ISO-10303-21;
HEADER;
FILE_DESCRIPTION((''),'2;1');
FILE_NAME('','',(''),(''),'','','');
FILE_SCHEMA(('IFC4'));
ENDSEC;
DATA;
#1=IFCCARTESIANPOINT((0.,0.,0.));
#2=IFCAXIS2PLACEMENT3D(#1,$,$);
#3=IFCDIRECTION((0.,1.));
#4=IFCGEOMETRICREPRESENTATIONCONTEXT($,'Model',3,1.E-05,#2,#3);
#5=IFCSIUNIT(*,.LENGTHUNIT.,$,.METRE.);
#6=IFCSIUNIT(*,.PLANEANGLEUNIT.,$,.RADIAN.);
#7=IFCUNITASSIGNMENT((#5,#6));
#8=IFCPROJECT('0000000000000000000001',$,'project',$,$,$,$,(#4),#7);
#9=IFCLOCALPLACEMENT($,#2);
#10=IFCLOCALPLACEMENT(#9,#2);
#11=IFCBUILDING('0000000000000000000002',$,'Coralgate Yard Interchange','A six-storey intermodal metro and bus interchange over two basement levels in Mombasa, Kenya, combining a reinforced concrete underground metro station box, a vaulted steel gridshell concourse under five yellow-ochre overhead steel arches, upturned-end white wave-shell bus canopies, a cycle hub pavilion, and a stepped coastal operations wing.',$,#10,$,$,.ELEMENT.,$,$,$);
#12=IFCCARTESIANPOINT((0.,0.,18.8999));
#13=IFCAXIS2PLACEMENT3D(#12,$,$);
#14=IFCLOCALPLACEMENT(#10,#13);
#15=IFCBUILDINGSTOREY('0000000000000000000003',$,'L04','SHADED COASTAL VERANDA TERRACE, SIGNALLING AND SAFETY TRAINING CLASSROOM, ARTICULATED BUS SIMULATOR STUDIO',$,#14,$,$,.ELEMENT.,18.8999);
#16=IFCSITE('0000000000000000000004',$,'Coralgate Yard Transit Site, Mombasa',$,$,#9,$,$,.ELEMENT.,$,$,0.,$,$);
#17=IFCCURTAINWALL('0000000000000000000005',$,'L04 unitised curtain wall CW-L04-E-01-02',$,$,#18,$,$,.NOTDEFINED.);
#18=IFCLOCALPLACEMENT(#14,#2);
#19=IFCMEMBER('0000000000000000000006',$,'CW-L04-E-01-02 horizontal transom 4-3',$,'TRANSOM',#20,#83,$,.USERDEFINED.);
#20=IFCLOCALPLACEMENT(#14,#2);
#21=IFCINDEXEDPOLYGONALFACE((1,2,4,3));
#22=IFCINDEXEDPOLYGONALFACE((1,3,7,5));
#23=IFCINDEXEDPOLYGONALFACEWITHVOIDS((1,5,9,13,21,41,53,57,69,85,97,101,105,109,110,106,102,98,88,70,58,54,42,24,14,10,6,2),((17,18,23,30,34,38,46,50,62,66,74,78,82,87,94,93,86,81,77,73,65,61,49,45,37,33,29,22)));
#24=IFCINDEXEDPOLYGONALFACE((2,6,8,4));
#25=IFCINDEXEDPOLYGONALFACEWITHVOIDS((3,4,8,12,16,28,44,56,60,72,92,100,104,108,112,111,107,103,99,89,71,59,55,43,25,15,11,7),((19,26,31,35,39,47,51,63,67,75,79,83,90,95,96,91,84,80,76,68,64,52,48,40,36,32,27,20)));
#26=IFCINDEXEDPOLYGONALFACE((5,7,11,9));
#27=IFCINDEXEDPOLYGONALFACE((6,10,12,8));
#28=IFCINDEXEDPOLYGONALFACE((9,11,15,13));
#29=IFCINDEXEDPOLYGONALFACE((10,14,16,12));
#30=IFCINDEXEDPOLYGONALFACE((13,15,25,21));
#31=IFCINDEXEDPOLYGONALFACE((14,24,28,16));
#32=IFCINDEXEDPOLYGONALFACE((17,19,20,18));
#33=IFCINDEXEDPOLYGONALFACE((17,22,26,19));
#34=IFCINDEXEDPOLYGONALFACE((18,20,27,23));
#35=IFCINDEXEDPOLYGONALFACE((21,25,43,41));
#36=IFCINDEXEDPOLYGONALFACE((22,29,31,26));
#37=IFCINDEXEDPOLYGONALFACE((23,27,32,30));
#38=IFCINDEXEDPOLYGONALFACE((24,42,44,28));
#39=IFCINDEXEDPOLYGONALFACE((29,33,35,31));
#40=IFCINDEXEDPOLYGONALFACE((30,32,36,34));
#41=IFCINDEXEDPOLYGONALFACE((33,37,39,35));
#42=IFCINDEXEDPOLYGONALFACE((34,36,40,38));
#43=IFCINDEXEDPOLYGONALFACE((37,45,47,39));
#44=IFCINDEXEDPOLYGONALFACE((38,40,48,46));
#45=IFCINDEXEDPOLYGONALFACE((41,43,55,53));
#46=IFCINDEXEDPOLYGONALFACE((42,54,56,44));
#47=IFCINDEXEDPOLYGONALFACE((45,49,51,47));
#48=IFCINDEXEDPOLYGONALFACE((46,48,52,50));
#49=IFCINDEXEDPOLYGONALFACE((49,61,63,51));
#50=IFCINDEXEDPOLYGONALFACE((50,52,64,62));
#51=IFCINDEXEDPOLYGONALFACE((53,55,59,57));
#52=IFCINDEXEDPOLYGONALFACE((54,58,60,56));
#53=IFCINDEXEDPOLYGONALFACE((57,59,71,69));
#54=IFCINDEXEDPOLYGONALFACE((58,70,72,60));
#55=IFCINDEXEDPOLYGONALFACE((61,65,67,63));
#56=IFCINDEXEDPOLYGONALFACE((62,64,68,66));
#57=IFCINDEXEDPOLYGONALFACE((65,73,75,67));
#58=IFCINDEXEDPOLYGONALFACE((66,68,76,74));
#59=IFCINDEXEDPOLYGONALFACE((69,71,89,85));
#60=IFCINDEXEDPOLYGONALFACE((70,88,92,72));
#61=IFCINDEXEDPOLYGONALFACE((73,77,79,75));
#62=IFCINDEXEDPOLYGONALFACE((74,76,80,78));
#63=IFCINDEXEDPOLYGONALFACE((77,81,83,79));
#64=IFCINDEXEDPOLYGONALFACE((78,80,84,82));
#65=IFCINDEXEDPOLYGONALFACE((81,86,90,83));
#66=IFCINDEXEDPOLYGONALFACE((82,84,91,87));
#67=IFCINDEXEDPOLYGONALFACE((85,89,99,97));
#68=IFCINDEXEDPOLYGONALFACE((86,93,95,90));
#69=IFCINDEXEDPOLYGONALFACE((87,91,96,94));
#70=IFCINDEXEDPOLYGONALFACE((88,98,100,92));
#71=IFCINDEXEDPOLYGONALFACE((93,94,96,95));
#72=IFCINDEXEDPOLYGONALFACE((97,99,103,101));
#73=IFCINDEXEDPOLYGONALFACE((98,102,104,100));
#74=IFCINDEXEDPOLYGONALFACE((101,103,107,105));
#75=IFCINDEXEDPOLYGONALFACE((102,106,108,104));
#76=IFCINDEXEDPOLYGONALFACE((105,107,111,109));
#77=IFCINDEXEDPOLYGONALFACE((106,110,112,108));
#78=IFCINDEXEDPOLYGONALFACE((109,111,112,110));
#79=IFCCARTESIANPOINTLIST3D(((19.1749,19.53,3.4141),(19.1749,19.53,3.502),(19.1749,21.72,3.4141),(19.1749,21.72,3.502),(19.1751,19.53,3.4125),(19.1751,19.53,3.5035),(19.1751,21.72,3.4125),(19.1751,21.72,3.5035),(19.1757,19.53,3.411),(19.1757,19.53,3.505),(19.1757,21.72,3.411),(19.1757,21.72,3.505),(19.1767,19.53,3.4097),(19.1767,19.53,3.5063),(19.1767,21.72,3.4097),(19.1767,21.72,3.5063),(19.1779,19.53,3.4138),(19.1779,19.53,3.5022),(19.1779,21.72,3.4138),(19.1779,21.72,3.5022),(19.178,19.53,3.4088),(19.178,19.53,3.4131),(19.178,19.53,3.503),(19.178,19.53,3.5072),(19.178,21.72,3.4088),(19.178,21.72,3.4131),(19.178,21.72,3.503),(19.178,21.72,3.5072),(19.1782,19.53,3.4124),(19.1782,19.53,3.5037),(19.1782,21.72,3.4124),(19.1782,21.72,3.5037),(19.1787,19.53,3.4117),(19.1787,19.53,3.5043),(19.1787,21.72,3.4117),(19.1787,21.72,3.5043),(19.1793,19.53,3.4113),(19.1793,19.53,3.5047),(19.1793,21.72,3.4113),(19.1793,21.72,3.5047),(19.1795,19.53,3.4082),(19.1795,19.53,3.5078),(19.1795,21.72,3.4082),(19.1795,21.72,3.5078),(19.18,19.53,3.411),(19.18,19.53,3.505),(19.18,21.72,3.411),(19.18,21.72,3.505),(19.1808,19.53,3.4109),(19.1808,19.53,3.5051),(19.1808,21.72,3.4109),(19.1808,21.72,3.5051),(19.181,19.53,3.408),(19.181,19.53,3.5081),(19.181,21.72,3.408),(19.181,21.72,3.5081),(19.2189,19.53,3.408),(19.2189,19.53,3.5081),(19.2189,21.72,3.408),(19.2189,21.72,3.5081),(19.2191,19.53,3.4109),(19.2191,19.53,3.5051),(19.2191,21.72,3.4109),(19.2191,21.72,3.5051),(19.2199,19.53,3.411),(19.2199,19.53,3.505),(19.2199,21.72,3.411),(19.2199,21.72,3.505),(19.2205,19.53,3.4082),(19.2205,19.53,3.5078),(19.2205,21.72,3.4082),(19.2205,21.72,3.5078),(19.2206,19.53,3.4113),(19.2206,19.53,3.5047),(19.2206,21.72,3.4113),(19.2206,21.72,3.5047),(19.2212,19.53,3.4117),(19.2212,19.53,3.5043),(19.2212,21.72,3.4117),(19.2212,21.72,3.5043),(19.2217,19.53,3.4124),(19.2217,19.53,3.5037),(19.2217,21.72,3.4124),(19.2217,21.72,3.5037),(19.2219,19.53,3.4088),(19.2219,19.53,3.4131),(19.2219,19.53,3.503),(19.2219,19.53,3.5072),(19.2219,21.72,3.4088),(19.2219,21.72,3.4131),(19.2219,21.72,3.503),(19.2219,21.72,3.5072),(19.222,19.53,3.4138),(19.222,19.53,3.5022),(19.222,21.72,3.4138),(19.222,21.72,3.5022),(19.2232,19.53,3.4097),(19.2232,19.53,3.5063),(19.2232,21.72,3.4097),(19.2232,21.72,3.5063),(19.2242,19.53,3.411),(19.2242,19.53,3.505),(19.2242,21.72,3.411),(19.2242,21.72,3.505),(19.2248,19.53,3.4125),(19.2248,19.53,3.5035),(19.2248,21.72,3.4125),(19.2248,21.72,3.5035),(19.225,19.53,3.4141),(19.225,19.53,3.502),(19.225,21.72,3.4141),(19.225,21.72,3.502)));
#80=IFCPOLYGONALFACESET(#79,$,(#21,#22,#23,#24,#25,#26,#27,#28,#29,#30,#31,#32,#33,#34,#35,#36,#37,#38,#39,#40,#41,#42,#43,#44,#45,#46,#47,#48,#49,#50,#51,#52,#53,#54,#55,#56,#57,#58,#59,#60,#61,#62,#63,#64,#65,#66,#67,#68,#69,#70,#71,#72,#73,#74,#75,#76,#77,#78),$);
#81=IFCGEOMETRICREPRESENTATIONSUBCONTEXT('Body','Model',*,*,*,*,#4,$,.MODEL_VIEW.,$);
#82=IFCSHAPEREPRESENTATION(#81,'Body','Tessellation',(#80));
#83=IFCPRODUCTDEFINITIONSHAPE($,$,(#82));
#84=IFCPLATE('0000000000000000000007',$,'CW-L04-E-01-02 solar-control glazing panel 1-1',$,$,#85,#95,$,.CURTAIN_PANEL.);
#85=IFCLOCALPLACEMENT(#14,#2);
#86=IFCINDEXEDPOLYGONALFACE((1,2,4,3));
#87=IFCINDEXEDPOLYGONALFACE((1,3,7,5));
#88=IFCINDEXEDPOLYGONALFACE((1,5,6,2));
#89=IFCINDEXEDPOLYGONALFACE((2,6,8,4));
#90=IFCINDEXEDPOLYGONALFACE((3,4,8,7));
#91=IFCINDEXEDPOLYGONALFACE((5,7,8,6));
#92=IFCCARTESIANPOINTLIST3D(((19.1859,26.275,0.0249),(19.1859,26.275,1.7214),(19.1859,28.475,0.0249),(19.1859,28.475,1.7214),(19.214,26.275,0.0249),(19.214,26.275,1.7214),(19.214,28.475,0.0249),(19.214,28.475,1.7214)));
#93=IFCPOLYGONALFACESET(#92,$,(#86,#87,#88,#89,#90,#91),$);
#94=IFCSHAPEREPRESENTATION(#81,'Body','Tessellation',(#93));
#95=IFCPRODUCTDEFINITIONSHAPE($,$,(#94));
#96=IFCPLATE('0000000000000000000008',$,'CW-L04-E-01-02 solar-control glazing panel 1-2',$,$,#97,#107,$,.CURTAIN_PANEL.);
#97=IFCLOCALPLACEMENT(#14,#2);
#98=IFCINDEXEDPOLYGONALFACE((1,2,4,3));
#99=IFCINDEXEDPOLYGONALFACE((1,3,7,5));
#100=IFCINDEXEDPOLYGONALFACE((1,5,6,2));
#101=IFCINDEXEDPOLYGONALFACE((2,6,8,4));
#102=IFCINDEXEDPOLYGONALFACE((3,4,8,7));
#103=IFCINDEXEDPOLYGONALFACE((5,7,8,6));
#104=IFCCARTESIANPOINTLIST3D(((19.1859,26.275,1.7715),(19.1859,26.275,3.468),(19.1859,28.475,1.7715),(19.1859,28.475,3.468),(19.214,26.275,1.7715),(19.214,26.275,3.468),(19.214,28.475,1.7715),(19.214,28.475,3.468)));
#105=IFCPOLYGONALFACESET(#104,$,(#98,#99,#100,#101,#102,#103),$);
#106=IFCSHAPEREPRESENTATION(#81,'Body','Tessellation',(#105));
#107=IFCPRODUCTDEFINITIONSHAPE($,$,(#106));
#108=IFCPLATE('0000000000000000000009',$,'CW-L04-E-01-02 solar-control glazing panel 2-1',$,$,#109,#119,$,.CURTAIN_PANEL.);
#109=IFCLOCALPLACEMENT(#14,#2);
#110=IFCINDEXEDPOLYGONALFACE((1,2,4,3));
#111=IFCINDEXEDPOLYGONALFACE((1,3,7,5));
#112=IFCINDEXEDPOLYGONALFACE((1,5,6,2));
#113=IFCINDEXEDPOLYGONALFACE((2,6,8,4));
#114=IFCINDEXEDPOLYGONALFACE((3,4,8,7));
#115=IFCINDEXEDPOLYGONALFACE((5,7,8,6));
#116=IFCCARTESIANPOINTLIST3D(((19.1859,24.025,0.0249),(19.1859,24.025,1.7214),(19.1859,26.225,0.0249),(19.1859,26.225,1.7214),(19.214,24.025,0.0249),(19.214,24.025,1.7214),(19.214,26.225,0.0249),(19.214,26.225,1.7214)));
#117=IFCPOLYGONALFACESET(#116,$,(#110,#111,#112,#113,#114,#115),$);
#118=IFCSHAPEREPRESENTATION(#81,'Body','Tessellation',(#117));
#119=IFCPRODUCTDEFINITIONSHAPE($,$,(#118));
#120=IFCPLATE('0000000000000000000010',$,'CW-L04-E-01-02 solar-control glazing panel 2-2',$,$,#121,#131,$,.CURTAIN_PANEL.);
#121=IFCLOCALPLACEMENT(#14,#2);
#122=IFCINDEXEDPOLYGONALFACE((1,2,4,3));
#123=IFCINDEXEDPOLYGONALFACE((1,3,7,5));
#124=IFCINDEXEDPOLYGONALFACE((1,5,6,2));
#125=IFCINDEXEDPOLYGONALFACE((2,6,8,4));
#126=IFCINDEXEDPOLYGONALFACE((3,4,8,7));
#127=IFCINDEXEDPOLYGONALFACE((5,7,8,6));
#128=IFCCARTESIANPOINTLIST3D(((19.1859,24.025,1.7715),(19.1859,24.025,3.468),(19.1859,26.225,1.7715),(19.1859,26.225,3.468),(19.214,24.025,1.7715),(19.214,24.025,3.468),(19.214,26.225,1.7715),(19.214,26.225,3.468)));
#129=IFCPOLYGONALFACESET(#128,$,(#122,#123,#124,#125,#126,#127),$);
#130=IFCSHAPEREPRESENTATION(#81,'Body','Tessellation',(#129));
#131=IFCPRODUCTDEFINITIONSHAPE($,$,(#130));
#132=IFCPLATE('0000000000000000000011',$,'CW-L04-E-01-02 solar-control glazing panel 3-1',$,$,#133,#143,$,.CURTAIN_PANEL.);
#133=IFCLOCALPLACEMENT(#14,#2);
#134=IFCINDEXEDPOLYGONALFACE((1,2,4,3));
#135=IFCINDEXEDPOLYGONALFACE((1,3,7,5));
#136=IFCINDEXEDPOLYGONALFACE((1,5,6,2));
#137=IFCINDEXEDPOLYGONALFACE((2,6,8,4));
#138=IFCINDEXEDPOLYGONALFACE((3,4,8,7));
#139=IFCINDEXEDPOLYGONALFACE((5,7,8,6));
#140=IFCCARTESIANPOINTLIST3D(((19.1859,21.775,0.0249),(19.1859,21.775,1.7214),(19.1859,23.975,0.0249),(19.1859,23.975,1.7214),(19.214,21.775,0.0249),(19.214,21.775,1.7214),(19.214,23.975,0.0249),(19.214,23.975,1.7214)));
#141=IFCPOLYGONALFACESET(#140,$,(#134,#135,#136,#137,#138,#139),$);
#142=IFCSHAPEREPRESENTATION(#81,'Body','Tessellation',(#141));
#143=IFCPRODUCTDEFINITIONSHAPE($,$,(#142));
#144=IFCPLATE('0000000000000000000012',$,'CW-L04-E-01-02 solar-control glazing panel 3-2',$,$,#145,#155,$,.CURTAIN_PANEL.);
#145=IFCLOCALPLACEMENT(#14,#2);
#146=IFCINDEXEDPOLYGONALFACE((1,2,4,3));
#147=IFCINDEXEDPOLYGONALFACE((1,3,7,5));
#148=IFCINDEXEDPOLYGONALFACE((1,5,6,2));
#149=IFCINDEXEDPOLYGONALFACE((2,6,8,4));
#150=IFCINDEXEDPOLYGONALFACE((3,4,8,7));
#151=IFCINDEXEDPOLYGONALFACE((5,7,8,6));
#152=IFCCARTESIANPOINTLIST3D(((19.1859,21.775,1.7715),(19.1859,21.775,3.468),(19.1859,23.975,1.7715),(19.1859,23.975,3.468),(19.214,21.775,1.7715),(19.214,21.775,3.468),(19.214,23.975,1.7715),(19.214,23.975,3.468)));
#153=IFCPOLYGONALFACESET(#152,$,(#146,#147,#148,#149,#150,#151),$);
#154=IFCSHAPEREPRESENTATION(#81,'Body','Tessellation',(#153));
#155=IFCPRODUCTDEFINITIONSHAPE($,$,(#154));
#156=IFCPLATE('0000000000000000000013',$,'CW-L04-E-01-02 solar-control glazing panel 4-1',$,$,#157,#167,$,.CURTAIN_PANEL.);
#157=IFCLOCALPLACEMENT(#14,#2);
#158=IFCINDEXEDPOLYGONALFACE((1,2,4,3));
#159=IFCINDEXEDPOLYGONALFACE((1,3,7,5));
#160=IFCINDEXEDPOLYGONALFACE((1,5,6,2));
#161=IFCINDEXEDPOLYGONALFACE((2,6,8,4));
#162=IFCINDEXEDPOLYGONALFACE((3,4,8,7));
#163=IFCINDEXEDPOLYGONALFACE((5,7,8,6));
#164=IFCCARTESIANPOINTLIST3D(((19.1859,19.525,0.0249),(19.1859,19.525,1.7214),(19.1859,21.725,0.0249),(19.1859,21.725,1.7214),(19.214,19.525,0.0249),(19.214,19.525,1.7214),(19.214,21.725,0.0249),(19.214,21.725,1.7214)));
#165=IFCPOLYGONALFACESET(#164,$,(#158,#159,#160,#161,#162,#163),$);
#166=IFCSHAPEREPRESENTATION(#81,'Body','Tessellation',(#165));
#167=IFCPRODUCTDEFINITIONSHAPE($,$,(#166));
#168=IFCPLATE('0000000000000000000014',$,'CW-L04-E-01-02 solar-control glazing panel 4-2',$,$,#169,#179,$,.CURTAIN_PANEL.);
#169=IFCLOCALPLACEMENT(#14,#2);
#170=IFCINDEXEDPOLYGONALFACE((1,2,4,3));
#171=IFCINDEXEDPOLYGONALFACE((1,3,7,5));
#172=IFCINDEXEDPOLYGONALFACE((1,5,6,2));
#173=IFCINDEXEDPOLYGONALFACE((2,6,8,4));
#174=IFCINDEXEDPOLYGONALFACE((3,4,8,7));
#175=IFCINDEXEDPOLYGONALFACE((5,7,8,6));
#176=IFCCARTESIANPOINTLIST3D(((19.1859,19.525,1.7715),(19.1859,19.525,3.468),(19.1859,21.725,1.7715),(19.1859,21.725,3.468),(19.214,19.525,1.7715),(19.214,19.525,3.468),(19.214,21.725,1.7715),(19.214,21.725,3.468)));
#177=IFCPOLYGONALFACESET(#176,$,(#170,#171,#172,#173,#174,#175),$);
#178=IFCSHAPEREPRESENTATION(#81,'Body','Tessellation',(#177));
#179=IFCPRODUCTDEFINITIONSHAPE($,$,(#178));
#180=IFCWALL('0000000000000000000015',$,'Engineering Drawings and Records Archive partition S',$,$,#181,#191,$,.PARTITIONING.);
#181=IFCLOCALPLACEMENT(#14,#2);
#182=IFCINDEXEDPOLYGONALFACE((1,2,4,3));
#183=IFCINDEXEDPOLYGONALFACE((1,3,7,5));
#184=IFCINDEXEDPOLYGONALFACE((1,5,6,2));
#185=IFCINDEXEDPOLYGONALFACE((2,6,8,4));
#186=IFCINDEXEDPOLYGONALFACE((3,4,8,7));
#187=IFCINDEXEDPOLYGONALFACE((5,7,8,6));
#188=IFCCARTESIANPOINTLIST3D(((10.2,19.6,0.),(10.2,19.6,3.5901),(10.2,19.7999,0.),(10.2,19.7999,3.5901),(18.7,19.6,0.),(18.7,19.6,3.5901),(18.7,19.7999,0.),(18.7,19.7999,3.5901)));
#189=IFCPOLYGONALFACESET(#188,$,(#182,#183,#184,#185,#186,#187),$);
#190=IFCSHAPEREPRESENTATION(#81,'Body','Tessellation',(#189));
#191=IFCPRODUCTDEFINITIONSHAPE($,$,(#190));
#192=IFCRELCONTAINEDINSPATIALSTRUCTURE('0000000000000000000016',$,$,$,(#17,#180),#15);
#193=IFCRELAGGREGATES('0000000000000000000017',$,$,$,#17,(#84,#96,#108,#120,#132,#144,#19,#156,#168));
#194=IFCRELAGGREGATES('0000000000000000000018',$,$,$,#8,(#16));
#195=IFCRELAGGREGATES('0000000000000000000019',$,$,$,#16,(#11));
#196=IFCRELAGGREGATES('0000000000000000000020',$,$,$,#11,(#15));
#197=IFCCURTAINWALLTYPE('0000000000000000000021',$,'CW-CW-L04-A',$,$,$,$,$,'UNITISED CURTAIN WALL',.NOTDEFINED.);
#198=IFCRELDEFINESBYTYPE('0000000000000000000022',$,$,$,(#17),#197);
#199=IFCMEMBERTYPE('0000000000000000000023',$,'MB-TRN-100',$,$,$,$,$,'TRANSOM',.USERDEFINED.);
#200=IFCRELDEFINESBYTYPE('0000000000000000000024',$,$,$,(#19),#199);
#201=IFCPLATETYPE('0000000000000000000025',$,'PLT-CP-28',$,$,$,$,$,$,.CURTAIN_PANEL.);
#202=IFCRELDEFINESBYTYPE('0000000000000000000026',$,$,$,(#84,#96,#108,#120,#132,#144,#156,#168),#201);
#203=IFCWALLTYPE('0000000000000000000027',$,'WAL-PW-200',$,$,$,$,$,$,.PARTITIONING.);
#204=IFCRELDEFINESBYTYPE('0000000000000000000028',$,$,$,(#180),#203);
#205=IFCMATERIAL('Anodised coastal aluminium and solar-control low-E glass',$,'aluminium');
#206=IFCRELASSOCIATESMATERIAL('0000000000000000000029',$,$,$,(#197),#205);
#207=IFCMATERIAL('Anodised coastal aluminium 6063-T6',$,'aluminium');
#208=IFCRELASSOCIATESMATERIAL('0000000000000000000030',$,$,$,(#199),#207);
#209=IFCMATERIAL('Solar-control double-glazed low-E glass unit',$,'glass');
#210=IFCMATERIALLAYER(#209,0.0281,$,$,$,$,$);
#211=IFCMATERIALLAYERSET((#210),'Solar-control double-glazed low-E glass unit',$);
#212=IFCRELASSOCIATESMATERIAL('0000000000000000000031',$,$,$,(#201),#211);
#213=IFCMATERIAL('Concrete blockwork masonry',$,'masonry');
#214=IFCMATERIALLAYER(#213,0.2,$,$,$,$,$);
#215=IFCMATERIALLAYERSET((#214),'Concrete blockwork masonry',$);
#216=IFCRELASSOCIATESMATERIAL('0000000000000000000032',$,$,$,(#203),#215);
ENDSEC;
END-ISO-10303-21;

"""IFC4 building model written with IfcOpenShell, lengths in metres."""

from ifc_helpers import new_model, si_unit, direction, frame, frame_2d, origin, origin_2d, place, context, subcontext, project, spatial, rectangle, hollow_rectangle, extrude, material, layer, layer_set, material_profile, profile_set, type_object, element, aggregate, save


model = new_model("IFC4")

# Units and contexts
model_context = context("Model", 3, precision=1e-05, world=origin(), true_north=direction((0.0, 1.0)))
body_context = subcontext(model_context, "Body", "Model", "MODEL_VIEW")
ifc_project = project(units=[si_unit("LENGTHUNIT", "METRE"), si_unit("PLANEANGLEUNIT", "RADIAN")], contexts=[model_context])

# Site, building, storey
site_placement = place(None, origin())
site = spatial("IfcSite", under=ifc_project, at=site_placement, Name="Coralgate Yard Transit Site, Mombasa", CompositionType="ELEMENT", RefElevation=0.0)
building_placement = place(site_placement, origin())
building = spatial("IfcBuilding", under=site, at=building_placement, Name="Coralgate Yard Interchange", Description="A six-storey intermodal metro and bus interchange over two basement levels in Mombasa, Kenya, combining a reinforced concrete underground metro station box, a vaulted steel gridshell concourse under five yellow-ochre overhead steel arches, upturned-end white wave-shell bus canopies, a cycle hub pavilion, and a stepped coastal operations wing.", CompositionType="ELEMENT")
storey_placement = place(building_placement, frame((0.0, 0.0, 18.8999)))
storey = spatial("IfcBuildingStorey", under=building, at=storey_placement, Name="L04", Description="SHADED COASTAL VERANDA TERRACE, SIGNALLING AND SAFETY TRAINING CLASSROOM, ARTICULATED BUS SIMULATOR STUDIO", CompositionType="ELEMENT", Elevation=18.8999)

# Curtain wall, member, plates
ifc_material_1 = material(Name="Anodised coastal aluminium and solar-control low-E glass", Category="aluminium")
curtain_wall_type = type_object("IfcCurtainWallType", Name="CW-CW-L04-A", ElementType="UNITISED CURTAIN WALL", PredefinedType="NOTDEFINED", material=ifc_material_1)
curtain_wall_placement = place(storey_placement, origin())
curtain_wall = element("IfcCurtainWall", 1, at=curtain_wall_placement, inside=storey, type_object=curtain_wall_type, Name="L04 unitised curtain wall CW-L04-E-01-02", PredefinedType="NOTDEFINED")
ifc_material_2 = material(Name="Anodised coastal aluminium 6063-T6", Category="aluminium")
ifc_material_profile_1 = material_profile(ifc_material_2, hollow_rectangle(XDim=0.05, YDim=0.1001, WallThickness=0.0029, InnerFilletRadius=0.0029, OuterFilletRadius=0.0061, at=origin_2d()), Name="ALU 50x100x3")
ifc_profile_set_1 = profile_set([ifc_material_profile_1], Name="Anodised coastal aluminium 6063-T6")
member_type_1 = type_object("IfcMemberType", Name="MB-TRN-100", ElementType="TRANSOM", PredefinedType="USERDEFINED", material=ifc_profile_set_1)
member_1_placement = place(storey_placement, frame((19.2, 21.72, 3.458), z_axis=(0.0, -1.0, 0.0), x_axis=(1.0, 0.0, 0.0)))
member_1 = element("IfcMember", 2, at=member_1_placement, type_object=member_type_1, Name="CW-L04-E-01-02 horizontal transom 4-3", ObjectType="TRANSOM", PredefinedType="USERDEFINED", context=body_context, shape_type="SweptSolid", body=[
    extrude(hollow_rectangle(XDim=0.05, YDim=0.1001, WallThickness=0.0029, InnerFilletRadius=0.0029, OuterFilletRadius=0.0061, at=origin_2d()), origin(), (0.0, 0.0, 1.0), 2.1899),
])
ifc_material_3 = material(Name="Solar-control double-glazed low-E glass unit", Category="glass")
ifc_layer_1 = layer(ifc_material_3, 0.0281)
ifc_layer_set_1 = layer_set([ifc_layer_1], Name="Solar-control double-glazed low-E glass unit")
plate_type = type_object("IfcPlateType", Name="PLT-CP-28", PredefinedType="CURTAIN_PANEL", material=ifc_layer_set_1)
plate_1_placement = place(storey_placement, frame((19.2, 27.375, 0.0249), z_axis=(0.0, 0.0, 1.0), x_axis=(0.0, -1.0, 0.0)))
plate_1 = element("IfcPlate", 3, at=plate_1_placement, type_object=plate_type, Name="CW-L04-E-01-02 solar-control glazing panel 1-1", PredefinedType="CURTAIN_PANEL", context=body_context, shape_type="SweptSolid", body=[
    extrude(rectangle(XDim=2.2, YDim=0.0281, at=origin_2d()), origin(), (0.0, 0.0, 1.0), 1.6965),
])
plate_2_placement = place(storey_placement, frame((19.2, 27.375, 1.7715), z_axis=(0.0, 0.0, 1.0), x_axis=(0.0, -1.0, 0.0)))
plate_2 = element("IfcPlate", 4, at=plate_2_placement, type_object=plate_type, Name="CW-L04-E-01-02 solar-control glazing panel 1-2", PredefinedType="CURTAIN_PANEL", context=body_context, shape_type="SweptSolid", body=[
    extrude(rectangle(XDim=2.2, YDim=0.0281, at=origin_2d()), origin(), (0.0, 0.0, 1.0), 1.6965),
])
plate_3_placement = place(storey_placement, frame((19.2, 25.125, 0.0249), z_axis=(0.0, 0.0, 1.0), x_axis=(0.0, -1.0, 0.0)))
plate_3 = element("IfcPlate", 5, at=plate_3_placement, type_object=plate_type, Name="CW-L04-E-01-02 solar-control glazing panel 2-1", PredefinedType="CURTAIN_PANEL", context=body_context, shape_type="SweptSolid", body=[
    extrude(rectangle(XDim=2.2, YDim=0.0281, at=origin_2d()), origin(), (0.0, 0.0, 1.0), 1.6965),
])
plate_4_placement = place(storey_placement, frame((19.2, 25.125, 1.7715), z_axis=(0.0, 0.0, 1.0), x_axis=(0.0, -1.0, 0.0)))
plate_4 = element("IfcPlate", 6, at=plate_4_placement, type_object=plate_type, Name="CW-L04-E-01-02 solar-control glazing panel 2-2", PredefinedType="CURTAIN_PANEL", context=body_context, shape_type="SweptSolid", body=[
    extrude(rectangle(XDim=2.2, YDim=0.0281, at=origin_2d()), origin(), (0.0, 0.0, 1.0), 1.6965),
])
plate_5_placement = place(storey_placement, frame((19.2, 22.875, 0.0249), z_axis=(0.0, 0.0, 1.0), x_axis=(0.0, -1.0, 0.0)))
plate_5 = element("IfcPlate", 7, at=plate_5_placement, type_object=plate_type, Name="CW-L04-E-01-02 solar-control glazing panel 3-1", PredefinedType="CURTAIN_PANEL", context=body_context, shape_type="SweptSolid", body=[
    extrude(rectangle(XDim=2.2, YDim=0.0281, at=origin_2d()), origin(), (0.0, 0.0, 1.0), 1.6965),
])
plate_6_placement = place(storey_placement, frame((19.2, 22.875, 1.7715), z_axis=(0.0, 0.0, 1.0), x_axis=(0.0, -1.0, 0.0)))
plate_6 = element("IfcPlate", 8, at=plate_6_placement, type_object=plate_type, Name="CW-L04-E-01-02 solar-control glazing panel 3-2", PredefinedType="CURTAIN_PANEL", context=body_context, shape_type="SweptSolid", body=[
    extrude(rectangle(XDim=2.2, YDim=0.0281, at=origin_2d()), origin(), (0.0, 0.0, 1.0), 1.6965),
])
plate_7_placement = place(storey_placement, frame((19.2, 20.625, 0.0249), z_axis=(0.0, 0.0, 1.0), x_axis=(0.0, -1.0, 0.0)))
plate_7 = element("IfcPlate", 9, at=plate_7_placement, type_object=plate_type, Name="CW-L04-E-01-02 solar-control glazing panel 4-1", PredefinedType="CURTAIN_PANEL", context=body_context, shape_type="SweptSolid", body=[
    extrude(rectangle(XDim=2.2, YDim=0.0281, at=origin_2d()), origin(), (0.0, 0.0, 1.0), 1.6965),
])
plate_8_placement = place(storey_placement, frame((19.2, 20.625, 1.7715), z_axis=(0.0, 0.0, 1.0), x_axis=(0.0, -1.0, 0.0)))
plate_8 = element("IfcPlate", 10, at=plate_8_placement, type_object=plate_type, Name="CW-L04-E-01-02 solar-control glazing panel 4-2", PredefinedType="CURTAIN_PANEL", context=body_context, shape_type="SweptSolid", body=[
    extrude(rectangle(XDim=2.2, YDim=0.0281, at=origin_2d()), origin(), (0.0, 0.0, 1.0), 1.6965),
])
aggregate(curtain_wall, [plate_1, plate_2, plate_3, plate_4, plate_5, plate_6, member_1, plate_7, plate_8])

# Wall
ifc_material_4 = material(Name="Concrete blockwork masonry", Category="masonry")
ifc_layer_2 = layer(ifc_material_4, 0.2)
ifc_layer_set_2 = layer_set([ifc_layer_2], Name="Concrete blockwork masonry")
wall_type = type_object("IfcWallType", Name="WAL-PW-200", PredefinedType="PARTITIONING", material=ifc_layer_set_2)
for number, where, z_axis, x_axis, name in (
    (11, (18.7, 19.7, 0.0), (0.0, 0.0, 1.0), (-1.0, 0.0, 0.0), "Engineering Drawings and Records Archive partition S"),
):
    element("IfcWall", number, at=place(storey_placement, frame(where, z_axis=z_axis, x_axis=x_axis)), inside=storey, type_object=wall_type, Name=name, PredefinedType="PARTITIONING", context=body_context, shape_type="SweptSolid", body=[
        extrude(rectangle(XDim=8.5, YDim=0.2, at=frame_2d((4.25, 0.0))), origin(), (0.0, 0.0, 1.0), 3.5901),
    ])

save(model, "model.ifc")
